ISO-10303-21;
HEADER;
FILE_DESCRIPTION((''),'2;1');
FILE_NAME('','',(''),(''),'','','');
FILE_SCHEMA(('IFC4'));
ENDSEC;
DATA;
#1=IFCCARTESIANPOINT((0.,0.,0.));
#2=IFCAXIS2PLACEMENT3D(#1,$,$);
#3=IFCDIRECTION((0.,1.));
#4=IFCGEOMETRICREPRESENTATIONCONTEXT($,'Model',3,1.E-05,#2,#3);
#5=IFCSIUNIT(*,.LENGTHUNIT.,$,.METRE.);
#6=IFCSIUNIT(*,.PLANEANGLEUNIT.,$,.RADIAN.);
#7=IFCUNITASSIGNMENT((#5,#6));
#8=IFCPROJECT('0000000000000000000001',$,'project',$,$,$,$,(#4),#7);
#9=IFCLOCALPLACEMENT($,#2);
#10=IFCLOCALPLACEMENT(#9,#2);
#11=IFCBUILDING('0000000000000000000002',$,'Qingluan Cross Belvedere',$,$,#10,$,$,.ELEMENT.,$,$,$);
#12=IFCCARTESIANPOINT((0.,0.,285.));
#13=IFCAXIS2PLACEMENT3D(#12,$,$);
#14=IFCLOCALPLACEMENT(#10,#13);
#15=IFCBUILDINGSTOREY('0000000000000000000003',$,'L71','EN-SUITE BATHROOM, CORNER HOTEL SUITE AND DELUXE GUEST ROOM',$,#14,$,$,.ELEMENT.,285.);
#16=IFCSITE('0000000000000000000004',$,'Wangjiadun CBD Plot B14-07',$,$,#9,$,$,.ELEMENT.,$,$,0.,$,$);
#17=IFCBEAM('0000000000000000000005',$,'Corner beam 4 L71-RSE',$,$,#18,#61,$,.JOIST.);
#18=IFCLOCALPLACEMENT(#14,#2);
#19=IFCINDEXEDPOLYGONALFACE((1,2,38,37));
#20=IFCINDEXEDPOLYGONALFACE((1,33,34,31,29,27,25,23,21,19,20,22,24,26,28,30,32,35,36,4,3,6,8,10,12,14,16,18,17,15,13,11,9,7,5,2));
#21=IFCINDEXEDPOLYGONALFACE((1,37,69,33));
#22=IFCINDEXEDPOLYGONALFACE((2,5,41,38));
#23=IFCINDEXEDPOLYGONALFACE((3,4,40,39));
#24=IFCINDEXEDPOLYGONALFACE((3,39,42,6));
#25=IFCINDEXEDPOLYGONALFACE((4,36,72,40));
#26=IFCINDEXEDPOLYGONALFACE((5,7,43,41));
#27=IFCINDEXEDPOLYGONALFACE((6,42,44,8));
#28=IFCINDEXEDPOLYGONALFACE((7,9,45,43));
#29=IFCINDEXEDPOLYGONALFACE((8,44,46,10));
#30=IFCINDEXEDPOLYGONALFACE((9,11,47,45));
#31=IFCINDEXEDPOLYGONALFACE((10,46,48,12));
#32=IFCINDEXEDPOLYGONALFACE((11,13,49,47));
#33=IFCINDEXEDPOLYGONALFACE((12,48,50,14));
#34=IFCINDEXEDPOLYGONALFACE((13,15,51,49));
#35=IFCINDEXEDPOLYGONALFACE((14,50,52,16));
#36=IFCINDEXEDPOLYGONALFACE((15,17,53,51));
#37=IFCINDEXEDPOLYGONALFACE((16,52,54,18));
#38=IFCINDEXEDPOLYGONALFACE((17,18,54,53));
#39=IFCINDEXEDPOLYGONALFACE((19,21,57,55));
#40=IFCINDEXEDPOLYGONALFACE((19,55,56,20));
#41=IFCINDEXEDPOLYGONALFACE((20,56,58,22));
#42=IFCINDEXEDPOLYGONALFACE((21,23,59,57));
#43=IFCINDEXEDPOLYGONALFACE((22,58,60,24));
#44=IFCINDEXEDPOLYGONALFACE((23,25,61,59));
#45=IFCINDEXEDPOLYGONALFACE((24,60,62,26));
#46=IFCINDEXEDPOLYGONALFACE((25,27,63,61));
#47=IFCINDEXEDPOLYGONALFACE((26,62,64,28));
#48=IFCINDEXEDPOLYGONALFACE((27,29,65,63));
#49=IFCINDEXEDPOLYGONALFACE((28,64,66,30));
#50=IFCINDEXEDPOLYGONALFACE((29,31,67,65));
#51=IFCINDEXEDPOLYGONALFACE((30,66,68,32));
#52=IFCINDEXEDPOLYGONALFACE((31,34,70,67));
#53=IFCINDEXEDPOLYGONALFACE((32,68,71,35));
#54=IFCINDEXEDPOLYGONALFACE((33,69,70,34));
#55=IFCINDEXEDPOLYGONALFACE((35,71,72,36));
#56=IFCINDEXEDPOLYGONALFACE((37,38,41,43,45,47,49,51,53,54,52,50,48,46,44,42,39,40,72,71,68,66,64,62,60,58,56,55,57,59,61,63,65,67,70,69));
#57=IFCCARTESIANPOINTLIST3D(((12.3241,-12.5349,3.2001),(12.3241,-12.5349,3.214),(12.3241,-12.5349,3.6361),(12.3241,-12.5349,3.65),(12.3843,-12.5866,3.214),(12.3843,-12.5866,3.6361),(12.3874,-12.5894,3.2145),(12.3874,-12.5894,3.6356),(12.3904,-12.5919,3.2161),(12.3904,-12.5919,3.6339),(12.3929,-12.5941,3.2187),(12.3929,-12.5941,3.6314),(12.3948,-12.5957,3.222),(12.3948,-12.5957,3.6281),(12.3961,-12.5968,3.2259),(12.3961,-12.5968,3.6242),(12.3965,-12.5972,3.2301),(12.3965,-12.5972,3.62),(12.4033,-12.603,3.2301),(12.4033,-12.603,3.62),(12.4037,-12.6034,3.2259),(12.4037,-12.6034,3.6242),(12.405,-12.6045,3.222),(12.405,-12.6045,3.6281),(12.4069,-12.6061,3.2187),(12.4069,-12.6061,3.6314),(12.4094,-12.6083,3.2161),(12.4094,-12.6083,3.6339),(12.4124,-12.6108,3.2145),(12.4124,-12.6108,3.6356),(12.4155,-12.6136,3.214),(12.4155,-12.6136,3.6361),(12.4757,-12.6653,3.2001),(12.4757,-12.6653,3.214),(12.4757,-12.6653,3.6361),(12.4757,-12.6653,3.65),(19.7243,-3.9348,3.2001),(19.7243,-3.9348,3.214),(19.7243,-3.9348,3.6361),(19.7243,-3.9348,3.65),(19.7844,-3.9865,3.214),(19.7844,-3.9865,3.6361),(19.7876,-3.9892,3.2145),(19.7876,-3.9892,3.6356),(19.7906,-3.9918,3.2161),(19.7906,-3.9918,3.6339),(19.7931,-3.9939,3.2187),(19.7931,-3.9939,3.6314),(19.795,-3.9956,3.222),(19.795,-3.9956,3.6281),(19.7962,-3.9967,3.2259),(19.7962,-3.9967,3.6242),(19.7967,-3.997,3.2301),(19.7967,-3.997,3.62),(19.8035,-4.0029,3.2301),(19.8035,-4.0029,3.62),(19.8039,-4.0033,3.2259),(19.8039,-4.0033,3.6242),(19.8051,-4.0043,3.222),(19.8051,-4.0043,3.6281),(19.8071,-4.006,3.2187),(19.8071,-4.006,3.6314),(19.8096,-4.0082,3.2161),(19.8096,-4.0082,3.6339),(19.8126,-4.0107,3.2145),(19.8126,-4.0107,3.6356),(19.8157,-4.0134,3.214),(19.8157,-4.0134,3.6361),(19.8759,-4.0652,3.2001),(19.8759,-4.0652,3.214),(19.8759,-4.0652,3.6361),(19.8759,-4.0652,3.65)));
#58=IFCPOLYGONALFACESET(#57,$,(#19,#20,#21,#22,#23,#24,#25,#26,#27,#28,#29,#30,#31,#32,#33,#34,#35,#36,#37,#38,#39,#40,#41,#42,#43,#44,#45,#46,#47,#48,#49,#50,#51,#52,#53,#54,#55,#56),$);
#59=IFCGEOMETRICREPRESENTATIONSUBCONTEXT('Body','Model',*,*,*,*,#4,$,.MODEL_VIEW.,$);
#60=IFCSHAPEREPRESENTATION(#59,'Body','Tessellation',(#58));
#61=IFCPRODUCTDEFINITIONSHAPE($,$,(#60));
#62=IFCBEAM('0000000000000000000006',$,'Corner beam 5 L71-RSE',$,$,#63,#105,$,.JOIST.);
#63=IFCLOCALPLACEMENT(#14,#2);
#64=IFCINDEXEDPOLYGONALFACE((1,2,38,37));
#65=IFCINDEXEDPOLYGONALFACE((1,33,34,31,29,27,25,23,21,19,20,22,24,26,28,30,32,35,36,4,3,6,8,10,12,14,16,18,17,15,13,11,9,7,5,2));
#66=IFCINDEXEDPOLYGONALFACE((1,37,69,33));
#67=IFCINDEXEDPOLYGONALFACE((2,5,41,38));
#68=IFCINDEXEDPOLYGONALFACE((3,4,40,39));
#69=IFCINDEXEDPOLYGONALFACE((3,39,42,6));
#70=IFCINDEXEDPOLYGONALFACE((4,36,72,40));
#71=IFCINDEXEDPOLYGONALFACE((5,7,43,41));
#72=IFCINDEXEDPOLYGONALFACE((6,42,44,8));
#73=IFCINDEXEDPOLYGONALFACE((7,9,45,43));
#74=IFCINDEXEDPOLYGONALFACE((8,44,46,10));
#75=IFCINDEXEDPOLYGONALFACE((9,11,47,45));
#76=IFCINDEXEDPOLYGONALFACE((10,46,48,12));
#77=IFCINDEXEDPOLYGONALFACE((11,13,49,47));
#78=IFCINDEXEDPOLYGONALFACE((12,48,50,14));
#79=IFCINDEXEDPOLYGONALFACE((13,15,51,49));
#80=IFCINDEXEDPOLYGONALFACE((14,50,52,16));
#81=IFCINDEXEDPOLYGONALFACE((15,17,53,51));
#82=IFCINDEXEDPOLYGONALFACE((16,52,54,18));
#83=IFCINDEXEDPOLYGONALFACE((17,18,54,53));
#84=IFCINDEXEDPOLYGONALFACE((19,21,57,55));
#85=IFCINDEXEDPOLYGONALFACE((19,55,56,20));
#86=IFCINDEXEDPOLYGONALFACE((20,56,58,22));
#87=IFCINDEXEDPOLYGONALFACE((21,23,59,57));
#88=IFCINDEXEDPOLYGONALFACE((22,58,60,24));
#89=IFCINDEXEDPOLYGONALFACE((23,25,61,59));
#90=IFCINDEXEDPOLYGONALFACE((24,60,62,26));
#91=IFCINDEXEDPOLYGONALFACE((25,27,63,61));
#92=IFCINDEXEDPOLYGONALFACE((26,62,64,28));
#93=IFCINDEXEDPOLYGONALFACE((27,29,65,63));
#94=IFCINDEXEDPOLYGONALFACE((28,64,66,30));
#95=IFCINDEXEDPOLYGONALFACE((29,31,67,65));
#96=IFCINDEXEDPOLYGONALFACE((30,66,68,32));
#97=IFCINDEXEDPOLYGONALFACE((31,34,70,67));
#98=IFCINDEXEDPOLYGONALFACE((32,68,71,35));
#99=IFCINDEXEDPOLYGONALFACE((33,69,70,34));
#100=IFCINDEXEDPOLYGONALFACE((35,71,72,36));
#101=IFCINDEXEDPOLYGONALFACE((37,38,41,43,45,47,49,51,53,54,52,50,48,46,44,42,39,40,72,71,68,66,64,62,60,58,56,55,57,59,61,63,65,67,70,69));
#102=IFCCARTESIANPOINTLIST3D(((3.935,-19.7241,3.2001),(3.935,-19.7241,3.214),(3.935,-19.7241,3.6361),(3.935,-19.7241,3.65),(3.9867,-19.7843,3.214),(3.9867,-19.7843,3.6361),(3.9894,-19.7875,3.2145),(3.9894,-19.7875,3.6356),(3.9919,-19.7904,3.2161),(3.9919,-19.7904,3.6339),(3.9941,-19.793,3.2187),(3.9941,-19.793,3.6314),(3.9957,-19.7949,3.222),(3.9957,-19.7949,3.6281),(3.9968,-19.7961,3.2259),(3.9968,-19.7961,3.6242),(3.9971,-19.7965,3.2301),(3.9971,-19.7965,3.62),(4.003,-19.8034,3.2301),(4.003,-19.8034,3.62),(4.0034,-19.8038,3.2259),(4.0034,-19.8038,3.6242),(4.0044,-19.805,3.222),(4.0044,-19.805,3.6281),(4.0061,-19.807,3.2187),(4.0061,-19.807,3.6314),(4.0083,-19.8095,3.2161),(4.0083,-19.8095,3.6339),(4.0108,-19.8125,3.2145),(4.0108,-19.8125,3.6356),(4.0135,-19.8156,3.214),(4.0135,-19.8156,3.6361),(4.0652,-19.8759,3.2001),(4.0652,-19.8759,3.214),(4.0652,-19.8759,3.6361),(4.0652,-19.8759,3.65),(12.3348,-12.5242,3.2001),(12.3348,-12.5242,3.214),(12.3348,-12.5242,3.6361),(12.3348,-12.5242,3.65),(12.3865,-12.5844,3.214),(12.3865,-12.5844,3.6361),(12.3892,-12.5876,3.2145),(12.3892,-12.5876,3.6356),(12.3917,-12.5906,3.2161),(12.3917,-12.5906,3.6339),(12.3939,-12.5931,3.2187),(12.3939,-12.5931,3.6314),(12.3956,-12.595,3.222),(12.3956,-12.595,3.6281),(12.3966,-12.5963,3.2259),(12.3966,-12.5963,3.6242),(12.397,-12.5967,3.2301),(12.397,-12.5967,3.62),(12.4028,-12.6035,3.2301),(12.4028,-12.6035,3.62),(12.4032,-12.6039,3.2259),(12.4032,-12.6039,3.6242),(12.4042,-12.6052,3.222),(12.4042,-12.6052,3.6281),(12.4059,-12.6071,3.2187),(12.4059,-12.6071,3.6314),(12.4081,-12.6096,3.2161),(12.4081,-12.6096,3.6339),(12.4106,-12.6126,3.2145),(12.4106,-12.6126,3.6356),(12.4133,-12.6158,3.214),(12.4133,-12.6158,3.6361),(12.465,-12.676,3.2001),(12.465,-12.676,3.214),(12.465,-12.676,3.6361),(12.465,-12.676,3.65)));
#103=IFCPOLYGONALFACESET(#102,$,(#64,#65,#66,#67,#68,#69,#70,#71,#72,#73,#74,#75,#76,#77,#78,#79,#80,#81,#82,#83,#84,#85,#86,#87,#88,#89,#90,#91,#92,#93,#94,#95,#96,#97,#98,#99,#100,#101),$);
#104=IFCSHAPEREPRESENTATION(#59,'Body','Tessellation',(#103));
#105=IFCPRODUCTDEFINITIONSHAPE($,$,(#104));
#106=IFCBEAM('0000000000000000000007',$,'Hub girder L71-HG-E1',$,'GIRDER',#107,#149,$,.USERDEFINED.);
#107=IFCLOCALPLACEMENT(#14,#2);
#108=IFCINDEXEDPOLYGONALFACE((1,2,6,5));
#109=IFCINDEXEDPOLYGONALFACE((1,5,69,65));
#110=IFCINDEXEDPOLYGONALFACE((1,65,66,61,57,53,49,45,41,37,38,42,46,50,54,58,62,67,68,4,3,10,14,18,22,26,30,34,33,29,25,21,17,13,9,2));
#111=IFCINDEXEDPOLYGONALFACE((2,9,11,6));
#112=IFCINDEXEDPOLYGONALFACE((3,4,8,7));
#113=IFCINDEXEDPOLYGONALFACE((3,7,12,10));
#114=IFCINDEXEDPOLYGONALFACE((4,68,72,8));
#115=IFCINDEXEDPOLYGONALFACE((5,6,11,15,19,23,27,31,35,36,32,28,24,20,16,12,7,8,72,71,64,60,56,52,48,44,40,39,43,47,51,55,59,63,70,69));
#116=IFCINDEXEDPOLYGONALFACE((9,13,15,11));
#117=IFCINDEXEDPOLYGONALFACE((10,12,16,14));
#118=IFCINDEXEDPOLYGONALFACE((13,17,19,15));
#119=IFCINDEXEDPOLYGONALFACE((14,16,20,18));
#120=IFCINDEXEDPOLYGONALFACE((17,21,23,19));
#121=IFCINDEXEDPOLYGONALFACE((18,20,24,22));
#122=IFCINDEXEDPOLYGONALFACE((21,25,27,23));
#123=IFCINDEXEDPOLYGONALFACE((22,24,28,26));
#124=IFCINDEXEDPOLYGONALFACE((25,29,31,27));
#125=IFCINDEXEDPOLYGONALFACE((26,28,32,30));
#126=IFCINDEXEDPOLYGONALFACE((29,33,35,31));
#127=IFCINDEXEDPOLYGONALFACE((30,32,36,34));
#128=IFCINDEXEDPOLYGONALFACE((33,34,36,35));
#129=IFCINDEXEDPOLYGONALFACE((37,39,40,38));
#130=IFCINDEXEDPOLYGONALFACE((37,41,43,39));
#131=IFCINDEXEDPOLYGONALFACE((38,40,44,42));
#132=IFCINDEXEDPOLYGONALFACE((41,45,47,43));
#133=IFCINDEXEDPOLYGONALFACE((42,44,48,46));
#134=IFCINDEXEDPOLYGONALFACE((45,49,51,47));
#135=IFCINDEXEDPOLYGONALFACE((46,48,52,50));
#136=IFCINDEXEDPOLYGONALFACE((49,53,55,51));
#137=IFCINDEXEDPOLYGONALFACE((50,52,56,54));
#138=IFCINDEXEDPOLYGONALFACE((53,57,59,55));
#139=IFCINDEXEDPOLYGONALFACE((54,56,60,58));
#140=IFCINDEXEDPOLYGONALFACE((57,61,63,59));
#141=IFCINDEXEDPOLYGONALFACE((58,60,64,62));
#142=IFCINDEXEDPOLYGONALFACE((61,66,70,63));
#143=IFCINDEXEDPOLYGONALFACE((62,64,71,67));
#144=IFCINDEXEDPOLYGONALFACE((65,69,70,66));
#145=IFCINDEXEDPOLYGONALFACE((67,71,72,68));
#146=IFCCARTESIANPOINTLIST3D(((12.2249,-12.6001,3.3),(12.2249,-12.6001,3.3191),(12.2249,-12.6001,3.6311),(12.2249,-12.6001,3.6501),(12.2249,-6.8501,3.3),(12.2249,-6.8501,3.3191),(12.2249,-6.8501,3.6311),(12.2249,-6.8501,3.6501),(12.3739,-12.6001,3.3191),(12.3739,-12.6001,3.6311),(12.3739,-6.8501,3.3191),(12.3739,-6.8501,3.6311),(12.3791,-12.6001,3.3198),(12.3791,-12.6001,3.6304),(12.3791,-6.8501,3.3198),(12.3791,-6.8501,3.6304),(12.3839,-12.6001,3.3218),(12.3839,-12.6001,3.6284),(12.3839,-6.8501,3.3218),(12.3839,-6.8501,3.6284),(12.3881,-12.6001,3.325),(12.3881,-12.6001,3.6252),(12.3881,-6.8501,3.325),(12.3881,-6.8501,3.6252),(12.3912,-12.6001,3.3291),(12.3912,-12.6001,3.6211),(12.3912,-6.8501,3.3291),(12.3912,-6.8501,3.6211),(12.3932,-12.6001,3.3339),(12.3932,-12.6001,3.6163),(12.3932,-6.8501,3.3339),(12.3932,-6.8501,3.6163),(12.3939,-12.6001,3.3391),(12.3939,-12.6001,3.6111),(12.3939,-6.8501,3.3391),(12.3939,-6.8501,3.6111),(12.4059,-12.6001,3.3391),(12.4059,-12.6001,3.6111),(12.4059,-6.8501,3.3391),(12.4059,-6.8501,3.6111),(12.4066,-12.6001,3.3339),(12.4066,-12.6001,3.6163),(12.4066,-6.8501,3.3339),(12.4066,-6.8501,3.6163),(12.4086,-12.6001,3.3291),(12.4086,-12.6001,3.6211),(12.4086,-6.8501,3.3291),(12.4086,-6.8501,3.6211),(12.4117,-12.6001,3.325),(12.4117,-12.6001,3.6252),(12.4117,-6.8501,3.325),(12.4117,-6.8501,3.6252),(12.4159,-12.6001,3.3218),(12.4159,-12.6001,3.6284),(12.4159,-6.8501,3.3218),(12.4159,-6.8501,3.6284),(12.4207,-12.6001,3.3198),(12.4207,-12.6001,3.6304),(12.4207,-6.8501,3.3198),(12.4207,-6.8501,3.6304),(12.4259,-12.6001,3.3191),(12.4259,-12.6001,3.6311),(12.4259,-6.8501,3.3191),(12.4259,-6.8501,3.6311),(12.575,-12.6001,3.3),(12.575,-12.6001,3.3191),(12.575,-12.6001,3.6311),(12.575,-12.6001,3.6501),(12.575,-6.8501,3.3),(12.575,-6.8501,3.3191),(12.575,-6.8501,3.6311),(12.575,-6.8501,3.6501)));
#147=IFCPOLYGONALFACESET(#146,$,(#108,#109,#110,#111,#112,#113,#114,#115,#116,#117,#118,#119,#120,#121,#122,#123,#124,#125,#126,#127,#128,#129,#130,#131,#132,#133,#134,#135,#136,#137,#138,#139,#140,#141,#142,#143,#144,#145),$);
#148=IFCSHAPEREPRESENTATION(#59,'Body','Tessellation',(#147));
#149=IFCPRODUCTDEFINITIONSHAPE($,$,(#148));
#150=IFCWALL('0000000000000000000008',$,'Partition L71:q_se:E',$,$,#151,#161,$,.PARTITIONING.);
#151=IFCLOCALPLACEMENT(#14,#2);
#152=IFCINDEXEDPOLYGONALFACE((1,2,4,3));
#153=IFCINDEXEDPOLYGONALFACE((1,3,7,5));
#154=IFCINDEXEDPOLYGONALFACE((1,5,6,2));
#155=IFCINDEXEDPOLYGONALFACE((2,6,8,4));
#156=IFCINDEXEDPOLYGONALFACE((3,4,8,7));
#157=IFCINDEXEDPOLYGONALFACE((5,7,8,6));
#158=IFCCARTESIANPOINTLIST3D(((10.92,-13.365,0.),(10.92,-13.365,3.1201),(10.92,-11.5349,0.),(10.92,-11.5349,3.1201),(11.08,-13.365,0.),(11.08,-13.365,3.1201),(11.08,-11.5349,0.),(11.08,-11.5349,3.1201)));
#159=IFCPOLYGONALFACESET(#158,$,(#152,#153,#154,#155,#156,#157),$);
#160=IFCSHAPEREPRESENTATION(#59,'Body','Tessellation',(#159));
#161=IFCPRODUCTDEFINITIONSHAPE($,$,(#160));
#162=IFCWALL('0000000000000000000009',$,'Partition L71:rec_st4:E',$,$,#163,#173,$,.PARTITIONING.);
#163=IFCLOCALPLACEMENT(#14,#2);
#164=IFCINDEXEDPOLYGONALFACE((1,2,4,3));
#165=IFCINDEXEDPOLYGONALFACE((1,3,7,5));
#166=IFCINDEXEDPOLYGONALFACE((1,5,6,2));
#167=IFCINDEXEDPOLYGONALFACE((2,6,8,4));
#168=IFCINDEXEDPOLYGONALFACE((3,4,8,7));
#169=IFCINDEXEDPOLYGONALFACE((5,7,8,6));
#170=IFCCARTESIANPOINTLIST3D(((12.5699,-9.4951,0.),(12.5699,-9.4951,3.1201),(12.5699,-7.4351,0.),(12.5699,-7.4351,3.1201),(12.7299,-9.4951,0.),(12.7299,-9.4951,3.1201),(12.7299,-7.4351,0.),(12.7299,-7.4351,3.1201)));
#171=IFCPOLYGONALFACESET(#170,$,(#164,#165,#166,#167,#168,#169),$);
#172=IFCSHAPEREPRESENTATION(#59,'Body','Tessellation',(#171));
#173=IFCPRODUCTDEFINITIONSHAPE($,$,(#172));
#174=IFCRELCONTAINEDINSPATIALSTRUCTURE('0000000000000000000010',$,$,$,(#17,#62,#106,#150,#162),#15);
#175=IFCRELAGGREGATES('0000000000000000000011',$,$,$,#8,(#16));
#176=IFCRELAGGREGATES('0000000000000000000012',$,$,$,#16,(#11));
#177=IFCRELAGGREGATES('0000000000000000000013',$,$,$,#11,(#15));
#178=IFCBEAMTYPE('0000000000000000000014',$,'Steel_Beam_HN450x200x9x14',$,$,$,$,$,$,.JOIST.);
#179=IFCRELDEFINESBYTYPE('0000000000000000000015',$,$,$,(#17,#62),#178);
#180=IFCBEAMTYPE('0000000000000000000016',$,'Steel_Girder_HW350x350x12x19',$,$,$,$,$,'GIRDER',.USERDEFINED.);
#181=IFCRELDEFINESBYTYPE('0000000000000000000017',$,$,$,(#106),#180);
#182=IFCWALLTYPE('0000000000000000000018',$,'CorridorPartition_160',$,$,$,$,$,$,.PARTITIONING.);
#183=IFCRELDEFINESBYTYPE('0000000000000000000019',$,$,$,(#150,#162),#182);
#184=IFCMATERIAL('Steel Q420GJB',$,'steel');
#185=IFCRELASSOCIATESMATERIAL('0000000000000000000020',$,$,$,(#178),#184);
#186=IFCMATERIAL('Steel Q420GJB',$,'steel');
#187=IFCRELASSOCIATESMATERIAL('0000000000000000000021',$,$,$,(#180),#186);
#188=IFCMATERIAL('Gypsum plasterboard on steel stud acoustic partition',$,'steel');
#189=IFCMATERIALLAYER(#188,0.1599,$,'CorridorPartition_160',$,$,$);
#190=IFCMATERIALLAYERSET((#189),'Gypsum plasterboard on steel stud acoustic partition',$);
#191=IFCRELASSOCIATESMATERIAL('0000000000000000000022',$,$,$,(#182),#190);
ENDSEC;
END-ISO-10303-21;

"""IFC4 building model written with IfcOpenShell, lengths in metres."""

from ifc_helpers import new_model, si_unit, direction, frame, frame_2d, origin, origin_2d, place, context, subcontext, project, spatial, rectangle, i_section, extrude, material, layer, layer_set, material_profile, profile_set, type_object, element, save


model = new_model("IFC4")

# Units and contexts
model_context = context("Model", 3, precision=1e-05, world=origin(), true_north=direction((0.0, 1.0)))
body_context = subcontext(model_context, "Body", "Model", "MODEL_VIEW")
ifc_project = project(units=[si_unit("LENGTHUNIT", "METRE"), si_unit("PLANEANGLEUNIT", "RADIAN")], contexts=[model_context])

# Site, building, storey
site_placement = place(None, origin())
site = spatial("IfcSite", under=ifc_project, at=site_placement, Name="Wangjiadun CBD Plot B14-07", CompositionType="ELEMENT", RefElevation=0.0)
building_placement = place(site_placement, origin())
building = spatial("IfcBuilding", under=site, at=building_placement, Name="Qingluan Cross Belvedere", CompositionType="ELEMENT")
storey_placement = place(building_placement, frame((0.0, 0.0, 285.0)))
storey = spatial("IfcBuildingStorey", under=building, at=storey_placement, Name="L71", Description="EN-SUITE BATHROOM, CORNER HOTEL SUITE AND DELUXE GUEST ROOM", CompositionType="ELEMENT", Elevation=285.0)

# Beams
ifc_material_1 = material(Name="Steel Q420GJB", Category="steel")
ifc_material_profile_1 = material_profile(ifc_material_1, i_section(OverallWidth=0.2, OverallDepth=0.45, WebThickness=0.009, FlangeThickness=0.0139, FilletRadius=0.0161, at=origin_2d()), Name="HN450x200x9x14")
ifc_profile_set_1 = profile_set([ifc_material_profile_1], Name="Steel Q420GJB")
beam_type_1 = type_object("IfcBeamType", Name="Steel_Beam_HN450x200x9x14", PredefinedType="JOIST", material=ifc_profile_set_1)
beam_1_placement = place(storey_placement, frame((12.3999, -12.6001, 3.425), z_axis=(0.652245, 0.758008, 0.0), x_axis=(-0.758008, 0.652245, 0.0)))
element("IfcBeam", 1, at=beam_1_placement, inside=storey, type_object=beam_type_1, Name="Corner beam 4 L71-RSE", PredefinedType="JOIST", context=body_context, shape_type="SweptSolid", body=[
    extrude(i_section(OverallWidth=0.2, OverallDepth=0.45, WebThickness=0.009, FlangeThickness=0.0139, FilletRadius=0.0161, at=origin_2d()), origin(), (0.0, 0.0, 1.0), 11.3457),
])
beam_2_placement = place(storey_placement, frame((12.3999, -12.6001, 3.425), z_axis=(-0.759255, -0.650793, 0.0), x_axis=(0.650793, -0.759255, 0.0)))
element("IfcBeam", 2, at=beam_2_placement, inside=storey, type_object=beam_type_1, Name="Corner beam 5 L71-RSE", PredefinedType="JOIST", context=body_context, shape_type="SweptSolid", body=[
    extrude(i_section(OverallWidth=0.2, OverallDepth=0.45, WebThickness=0.009, FlangeThickness=0.0139, FilletRadius=0.0161, at=origin_2d()), origin(), (0.0, 0.0, 1.0), 11.0632),
])
ifc_material_2 = material(Name="Steel Q420GJB", Category="steel")
ifc_material_profile_2 = material_profile(ifc_material_2, i_section(OverallWidth=0.3501, OverallDepth=0.3501, WebThickness=0.012, FlangeThickness=0.019, FilletRadius=0.02, at=origin_2d()), Name="HW350x350x12x19")
ifc_profile_set_2 = profile_set([ifc_material_profile_2], Name="Steel Q420GJB")
beam_type_2 = type_object("IfcBeamType", Name="Steel_Girder_HW350x350x12x19", ElementType="GIRDER", PredefinedType="USERDEFINED", material=ifc_profile_set_2)
beam_3_placement = place(storey_placement, frame((12.3999, -12.6001, 3.4751), z_axis=(0.0, 1.0, 0.0), x_axis=(-1.0, 0.0, 0.0)))
element("IfcBeam", 3, at=beam_3_placement, inside=storey, type_object=beam_type_2, Name="Hub girder L71-HG-E1", ObjectType="GIRDER", PredefinedType="USERDEFINED", context=body_context, shape_type="SweptSolid", body=[
    extrude(i_section(OverallWidth=0.3501, OverallDepth=0.3501, WebThickness=0.012, FlangeThickness=0.019, FilletRadius=0.02, at=origin_2d()), origin(), (0.0, 0.0, 1.0), 5.75),
])

# Walls
ifc_material_3 = material(Name="Gypsum plasterboard on steel stud acoustic partition", Category="steel")
ifc_layer_1 = layer(ifc_material_3, 0.1599, Name="CorridorPartition_160")
ifc_layer_set_1 = layer_set([ifc_layer_1], Name="Gypsum plasterboard on steel stud acoustic partition")
wall_type_1 = type_object("IfcWallType", Name="CorridorPartition_160", PredefinedType="PARTITIONING", material=ifc_layer_set_1)
wall_1_placement = place(storey_placement, frame((11.0, -13.365, 0.0), z_axis=(0.0, 0.0, 1.0), x_axis=(0.0, 1.0, 0.0)))
element("IfcWall", 4, at=wall_1_placement, inside=storey, type_object=wall_type_1, Name="Partition L71:q_se:E", PredefinedType="PARTITIONING", context=body_context, shape_type="SweptSolid", body=[
    extrude(rectangle(XDim=1.8301, YDim=0.1599, at=frame_2d((0.915, 0.0))), origin(), (0.0, 0.0, 1.0), 3.1201),
])
wall_2_placement = place(storey_placement, frame((12.6499, -9.4951, 0.0), z_axis=(0.0, 0.0, 1.0), x_axis=(0.0, 1.0, 0.0)))
element("IfcWall", 5, at=wall_2_placement, inside=storey, type_object=wall_type_1, Name="Partition L71:rec_st4:E", PredefinedType="PARTITIONING", context=body_context, shape_type="SweptSolid", body=[
    extrude(rectangle(XDim=2.0601, YDim=0.1599, at=frame_2d((1.03, 0.0))), origin(), (0.0, 0.0, 1.0), 3.1201),
])

save(model, "model.ifc")
